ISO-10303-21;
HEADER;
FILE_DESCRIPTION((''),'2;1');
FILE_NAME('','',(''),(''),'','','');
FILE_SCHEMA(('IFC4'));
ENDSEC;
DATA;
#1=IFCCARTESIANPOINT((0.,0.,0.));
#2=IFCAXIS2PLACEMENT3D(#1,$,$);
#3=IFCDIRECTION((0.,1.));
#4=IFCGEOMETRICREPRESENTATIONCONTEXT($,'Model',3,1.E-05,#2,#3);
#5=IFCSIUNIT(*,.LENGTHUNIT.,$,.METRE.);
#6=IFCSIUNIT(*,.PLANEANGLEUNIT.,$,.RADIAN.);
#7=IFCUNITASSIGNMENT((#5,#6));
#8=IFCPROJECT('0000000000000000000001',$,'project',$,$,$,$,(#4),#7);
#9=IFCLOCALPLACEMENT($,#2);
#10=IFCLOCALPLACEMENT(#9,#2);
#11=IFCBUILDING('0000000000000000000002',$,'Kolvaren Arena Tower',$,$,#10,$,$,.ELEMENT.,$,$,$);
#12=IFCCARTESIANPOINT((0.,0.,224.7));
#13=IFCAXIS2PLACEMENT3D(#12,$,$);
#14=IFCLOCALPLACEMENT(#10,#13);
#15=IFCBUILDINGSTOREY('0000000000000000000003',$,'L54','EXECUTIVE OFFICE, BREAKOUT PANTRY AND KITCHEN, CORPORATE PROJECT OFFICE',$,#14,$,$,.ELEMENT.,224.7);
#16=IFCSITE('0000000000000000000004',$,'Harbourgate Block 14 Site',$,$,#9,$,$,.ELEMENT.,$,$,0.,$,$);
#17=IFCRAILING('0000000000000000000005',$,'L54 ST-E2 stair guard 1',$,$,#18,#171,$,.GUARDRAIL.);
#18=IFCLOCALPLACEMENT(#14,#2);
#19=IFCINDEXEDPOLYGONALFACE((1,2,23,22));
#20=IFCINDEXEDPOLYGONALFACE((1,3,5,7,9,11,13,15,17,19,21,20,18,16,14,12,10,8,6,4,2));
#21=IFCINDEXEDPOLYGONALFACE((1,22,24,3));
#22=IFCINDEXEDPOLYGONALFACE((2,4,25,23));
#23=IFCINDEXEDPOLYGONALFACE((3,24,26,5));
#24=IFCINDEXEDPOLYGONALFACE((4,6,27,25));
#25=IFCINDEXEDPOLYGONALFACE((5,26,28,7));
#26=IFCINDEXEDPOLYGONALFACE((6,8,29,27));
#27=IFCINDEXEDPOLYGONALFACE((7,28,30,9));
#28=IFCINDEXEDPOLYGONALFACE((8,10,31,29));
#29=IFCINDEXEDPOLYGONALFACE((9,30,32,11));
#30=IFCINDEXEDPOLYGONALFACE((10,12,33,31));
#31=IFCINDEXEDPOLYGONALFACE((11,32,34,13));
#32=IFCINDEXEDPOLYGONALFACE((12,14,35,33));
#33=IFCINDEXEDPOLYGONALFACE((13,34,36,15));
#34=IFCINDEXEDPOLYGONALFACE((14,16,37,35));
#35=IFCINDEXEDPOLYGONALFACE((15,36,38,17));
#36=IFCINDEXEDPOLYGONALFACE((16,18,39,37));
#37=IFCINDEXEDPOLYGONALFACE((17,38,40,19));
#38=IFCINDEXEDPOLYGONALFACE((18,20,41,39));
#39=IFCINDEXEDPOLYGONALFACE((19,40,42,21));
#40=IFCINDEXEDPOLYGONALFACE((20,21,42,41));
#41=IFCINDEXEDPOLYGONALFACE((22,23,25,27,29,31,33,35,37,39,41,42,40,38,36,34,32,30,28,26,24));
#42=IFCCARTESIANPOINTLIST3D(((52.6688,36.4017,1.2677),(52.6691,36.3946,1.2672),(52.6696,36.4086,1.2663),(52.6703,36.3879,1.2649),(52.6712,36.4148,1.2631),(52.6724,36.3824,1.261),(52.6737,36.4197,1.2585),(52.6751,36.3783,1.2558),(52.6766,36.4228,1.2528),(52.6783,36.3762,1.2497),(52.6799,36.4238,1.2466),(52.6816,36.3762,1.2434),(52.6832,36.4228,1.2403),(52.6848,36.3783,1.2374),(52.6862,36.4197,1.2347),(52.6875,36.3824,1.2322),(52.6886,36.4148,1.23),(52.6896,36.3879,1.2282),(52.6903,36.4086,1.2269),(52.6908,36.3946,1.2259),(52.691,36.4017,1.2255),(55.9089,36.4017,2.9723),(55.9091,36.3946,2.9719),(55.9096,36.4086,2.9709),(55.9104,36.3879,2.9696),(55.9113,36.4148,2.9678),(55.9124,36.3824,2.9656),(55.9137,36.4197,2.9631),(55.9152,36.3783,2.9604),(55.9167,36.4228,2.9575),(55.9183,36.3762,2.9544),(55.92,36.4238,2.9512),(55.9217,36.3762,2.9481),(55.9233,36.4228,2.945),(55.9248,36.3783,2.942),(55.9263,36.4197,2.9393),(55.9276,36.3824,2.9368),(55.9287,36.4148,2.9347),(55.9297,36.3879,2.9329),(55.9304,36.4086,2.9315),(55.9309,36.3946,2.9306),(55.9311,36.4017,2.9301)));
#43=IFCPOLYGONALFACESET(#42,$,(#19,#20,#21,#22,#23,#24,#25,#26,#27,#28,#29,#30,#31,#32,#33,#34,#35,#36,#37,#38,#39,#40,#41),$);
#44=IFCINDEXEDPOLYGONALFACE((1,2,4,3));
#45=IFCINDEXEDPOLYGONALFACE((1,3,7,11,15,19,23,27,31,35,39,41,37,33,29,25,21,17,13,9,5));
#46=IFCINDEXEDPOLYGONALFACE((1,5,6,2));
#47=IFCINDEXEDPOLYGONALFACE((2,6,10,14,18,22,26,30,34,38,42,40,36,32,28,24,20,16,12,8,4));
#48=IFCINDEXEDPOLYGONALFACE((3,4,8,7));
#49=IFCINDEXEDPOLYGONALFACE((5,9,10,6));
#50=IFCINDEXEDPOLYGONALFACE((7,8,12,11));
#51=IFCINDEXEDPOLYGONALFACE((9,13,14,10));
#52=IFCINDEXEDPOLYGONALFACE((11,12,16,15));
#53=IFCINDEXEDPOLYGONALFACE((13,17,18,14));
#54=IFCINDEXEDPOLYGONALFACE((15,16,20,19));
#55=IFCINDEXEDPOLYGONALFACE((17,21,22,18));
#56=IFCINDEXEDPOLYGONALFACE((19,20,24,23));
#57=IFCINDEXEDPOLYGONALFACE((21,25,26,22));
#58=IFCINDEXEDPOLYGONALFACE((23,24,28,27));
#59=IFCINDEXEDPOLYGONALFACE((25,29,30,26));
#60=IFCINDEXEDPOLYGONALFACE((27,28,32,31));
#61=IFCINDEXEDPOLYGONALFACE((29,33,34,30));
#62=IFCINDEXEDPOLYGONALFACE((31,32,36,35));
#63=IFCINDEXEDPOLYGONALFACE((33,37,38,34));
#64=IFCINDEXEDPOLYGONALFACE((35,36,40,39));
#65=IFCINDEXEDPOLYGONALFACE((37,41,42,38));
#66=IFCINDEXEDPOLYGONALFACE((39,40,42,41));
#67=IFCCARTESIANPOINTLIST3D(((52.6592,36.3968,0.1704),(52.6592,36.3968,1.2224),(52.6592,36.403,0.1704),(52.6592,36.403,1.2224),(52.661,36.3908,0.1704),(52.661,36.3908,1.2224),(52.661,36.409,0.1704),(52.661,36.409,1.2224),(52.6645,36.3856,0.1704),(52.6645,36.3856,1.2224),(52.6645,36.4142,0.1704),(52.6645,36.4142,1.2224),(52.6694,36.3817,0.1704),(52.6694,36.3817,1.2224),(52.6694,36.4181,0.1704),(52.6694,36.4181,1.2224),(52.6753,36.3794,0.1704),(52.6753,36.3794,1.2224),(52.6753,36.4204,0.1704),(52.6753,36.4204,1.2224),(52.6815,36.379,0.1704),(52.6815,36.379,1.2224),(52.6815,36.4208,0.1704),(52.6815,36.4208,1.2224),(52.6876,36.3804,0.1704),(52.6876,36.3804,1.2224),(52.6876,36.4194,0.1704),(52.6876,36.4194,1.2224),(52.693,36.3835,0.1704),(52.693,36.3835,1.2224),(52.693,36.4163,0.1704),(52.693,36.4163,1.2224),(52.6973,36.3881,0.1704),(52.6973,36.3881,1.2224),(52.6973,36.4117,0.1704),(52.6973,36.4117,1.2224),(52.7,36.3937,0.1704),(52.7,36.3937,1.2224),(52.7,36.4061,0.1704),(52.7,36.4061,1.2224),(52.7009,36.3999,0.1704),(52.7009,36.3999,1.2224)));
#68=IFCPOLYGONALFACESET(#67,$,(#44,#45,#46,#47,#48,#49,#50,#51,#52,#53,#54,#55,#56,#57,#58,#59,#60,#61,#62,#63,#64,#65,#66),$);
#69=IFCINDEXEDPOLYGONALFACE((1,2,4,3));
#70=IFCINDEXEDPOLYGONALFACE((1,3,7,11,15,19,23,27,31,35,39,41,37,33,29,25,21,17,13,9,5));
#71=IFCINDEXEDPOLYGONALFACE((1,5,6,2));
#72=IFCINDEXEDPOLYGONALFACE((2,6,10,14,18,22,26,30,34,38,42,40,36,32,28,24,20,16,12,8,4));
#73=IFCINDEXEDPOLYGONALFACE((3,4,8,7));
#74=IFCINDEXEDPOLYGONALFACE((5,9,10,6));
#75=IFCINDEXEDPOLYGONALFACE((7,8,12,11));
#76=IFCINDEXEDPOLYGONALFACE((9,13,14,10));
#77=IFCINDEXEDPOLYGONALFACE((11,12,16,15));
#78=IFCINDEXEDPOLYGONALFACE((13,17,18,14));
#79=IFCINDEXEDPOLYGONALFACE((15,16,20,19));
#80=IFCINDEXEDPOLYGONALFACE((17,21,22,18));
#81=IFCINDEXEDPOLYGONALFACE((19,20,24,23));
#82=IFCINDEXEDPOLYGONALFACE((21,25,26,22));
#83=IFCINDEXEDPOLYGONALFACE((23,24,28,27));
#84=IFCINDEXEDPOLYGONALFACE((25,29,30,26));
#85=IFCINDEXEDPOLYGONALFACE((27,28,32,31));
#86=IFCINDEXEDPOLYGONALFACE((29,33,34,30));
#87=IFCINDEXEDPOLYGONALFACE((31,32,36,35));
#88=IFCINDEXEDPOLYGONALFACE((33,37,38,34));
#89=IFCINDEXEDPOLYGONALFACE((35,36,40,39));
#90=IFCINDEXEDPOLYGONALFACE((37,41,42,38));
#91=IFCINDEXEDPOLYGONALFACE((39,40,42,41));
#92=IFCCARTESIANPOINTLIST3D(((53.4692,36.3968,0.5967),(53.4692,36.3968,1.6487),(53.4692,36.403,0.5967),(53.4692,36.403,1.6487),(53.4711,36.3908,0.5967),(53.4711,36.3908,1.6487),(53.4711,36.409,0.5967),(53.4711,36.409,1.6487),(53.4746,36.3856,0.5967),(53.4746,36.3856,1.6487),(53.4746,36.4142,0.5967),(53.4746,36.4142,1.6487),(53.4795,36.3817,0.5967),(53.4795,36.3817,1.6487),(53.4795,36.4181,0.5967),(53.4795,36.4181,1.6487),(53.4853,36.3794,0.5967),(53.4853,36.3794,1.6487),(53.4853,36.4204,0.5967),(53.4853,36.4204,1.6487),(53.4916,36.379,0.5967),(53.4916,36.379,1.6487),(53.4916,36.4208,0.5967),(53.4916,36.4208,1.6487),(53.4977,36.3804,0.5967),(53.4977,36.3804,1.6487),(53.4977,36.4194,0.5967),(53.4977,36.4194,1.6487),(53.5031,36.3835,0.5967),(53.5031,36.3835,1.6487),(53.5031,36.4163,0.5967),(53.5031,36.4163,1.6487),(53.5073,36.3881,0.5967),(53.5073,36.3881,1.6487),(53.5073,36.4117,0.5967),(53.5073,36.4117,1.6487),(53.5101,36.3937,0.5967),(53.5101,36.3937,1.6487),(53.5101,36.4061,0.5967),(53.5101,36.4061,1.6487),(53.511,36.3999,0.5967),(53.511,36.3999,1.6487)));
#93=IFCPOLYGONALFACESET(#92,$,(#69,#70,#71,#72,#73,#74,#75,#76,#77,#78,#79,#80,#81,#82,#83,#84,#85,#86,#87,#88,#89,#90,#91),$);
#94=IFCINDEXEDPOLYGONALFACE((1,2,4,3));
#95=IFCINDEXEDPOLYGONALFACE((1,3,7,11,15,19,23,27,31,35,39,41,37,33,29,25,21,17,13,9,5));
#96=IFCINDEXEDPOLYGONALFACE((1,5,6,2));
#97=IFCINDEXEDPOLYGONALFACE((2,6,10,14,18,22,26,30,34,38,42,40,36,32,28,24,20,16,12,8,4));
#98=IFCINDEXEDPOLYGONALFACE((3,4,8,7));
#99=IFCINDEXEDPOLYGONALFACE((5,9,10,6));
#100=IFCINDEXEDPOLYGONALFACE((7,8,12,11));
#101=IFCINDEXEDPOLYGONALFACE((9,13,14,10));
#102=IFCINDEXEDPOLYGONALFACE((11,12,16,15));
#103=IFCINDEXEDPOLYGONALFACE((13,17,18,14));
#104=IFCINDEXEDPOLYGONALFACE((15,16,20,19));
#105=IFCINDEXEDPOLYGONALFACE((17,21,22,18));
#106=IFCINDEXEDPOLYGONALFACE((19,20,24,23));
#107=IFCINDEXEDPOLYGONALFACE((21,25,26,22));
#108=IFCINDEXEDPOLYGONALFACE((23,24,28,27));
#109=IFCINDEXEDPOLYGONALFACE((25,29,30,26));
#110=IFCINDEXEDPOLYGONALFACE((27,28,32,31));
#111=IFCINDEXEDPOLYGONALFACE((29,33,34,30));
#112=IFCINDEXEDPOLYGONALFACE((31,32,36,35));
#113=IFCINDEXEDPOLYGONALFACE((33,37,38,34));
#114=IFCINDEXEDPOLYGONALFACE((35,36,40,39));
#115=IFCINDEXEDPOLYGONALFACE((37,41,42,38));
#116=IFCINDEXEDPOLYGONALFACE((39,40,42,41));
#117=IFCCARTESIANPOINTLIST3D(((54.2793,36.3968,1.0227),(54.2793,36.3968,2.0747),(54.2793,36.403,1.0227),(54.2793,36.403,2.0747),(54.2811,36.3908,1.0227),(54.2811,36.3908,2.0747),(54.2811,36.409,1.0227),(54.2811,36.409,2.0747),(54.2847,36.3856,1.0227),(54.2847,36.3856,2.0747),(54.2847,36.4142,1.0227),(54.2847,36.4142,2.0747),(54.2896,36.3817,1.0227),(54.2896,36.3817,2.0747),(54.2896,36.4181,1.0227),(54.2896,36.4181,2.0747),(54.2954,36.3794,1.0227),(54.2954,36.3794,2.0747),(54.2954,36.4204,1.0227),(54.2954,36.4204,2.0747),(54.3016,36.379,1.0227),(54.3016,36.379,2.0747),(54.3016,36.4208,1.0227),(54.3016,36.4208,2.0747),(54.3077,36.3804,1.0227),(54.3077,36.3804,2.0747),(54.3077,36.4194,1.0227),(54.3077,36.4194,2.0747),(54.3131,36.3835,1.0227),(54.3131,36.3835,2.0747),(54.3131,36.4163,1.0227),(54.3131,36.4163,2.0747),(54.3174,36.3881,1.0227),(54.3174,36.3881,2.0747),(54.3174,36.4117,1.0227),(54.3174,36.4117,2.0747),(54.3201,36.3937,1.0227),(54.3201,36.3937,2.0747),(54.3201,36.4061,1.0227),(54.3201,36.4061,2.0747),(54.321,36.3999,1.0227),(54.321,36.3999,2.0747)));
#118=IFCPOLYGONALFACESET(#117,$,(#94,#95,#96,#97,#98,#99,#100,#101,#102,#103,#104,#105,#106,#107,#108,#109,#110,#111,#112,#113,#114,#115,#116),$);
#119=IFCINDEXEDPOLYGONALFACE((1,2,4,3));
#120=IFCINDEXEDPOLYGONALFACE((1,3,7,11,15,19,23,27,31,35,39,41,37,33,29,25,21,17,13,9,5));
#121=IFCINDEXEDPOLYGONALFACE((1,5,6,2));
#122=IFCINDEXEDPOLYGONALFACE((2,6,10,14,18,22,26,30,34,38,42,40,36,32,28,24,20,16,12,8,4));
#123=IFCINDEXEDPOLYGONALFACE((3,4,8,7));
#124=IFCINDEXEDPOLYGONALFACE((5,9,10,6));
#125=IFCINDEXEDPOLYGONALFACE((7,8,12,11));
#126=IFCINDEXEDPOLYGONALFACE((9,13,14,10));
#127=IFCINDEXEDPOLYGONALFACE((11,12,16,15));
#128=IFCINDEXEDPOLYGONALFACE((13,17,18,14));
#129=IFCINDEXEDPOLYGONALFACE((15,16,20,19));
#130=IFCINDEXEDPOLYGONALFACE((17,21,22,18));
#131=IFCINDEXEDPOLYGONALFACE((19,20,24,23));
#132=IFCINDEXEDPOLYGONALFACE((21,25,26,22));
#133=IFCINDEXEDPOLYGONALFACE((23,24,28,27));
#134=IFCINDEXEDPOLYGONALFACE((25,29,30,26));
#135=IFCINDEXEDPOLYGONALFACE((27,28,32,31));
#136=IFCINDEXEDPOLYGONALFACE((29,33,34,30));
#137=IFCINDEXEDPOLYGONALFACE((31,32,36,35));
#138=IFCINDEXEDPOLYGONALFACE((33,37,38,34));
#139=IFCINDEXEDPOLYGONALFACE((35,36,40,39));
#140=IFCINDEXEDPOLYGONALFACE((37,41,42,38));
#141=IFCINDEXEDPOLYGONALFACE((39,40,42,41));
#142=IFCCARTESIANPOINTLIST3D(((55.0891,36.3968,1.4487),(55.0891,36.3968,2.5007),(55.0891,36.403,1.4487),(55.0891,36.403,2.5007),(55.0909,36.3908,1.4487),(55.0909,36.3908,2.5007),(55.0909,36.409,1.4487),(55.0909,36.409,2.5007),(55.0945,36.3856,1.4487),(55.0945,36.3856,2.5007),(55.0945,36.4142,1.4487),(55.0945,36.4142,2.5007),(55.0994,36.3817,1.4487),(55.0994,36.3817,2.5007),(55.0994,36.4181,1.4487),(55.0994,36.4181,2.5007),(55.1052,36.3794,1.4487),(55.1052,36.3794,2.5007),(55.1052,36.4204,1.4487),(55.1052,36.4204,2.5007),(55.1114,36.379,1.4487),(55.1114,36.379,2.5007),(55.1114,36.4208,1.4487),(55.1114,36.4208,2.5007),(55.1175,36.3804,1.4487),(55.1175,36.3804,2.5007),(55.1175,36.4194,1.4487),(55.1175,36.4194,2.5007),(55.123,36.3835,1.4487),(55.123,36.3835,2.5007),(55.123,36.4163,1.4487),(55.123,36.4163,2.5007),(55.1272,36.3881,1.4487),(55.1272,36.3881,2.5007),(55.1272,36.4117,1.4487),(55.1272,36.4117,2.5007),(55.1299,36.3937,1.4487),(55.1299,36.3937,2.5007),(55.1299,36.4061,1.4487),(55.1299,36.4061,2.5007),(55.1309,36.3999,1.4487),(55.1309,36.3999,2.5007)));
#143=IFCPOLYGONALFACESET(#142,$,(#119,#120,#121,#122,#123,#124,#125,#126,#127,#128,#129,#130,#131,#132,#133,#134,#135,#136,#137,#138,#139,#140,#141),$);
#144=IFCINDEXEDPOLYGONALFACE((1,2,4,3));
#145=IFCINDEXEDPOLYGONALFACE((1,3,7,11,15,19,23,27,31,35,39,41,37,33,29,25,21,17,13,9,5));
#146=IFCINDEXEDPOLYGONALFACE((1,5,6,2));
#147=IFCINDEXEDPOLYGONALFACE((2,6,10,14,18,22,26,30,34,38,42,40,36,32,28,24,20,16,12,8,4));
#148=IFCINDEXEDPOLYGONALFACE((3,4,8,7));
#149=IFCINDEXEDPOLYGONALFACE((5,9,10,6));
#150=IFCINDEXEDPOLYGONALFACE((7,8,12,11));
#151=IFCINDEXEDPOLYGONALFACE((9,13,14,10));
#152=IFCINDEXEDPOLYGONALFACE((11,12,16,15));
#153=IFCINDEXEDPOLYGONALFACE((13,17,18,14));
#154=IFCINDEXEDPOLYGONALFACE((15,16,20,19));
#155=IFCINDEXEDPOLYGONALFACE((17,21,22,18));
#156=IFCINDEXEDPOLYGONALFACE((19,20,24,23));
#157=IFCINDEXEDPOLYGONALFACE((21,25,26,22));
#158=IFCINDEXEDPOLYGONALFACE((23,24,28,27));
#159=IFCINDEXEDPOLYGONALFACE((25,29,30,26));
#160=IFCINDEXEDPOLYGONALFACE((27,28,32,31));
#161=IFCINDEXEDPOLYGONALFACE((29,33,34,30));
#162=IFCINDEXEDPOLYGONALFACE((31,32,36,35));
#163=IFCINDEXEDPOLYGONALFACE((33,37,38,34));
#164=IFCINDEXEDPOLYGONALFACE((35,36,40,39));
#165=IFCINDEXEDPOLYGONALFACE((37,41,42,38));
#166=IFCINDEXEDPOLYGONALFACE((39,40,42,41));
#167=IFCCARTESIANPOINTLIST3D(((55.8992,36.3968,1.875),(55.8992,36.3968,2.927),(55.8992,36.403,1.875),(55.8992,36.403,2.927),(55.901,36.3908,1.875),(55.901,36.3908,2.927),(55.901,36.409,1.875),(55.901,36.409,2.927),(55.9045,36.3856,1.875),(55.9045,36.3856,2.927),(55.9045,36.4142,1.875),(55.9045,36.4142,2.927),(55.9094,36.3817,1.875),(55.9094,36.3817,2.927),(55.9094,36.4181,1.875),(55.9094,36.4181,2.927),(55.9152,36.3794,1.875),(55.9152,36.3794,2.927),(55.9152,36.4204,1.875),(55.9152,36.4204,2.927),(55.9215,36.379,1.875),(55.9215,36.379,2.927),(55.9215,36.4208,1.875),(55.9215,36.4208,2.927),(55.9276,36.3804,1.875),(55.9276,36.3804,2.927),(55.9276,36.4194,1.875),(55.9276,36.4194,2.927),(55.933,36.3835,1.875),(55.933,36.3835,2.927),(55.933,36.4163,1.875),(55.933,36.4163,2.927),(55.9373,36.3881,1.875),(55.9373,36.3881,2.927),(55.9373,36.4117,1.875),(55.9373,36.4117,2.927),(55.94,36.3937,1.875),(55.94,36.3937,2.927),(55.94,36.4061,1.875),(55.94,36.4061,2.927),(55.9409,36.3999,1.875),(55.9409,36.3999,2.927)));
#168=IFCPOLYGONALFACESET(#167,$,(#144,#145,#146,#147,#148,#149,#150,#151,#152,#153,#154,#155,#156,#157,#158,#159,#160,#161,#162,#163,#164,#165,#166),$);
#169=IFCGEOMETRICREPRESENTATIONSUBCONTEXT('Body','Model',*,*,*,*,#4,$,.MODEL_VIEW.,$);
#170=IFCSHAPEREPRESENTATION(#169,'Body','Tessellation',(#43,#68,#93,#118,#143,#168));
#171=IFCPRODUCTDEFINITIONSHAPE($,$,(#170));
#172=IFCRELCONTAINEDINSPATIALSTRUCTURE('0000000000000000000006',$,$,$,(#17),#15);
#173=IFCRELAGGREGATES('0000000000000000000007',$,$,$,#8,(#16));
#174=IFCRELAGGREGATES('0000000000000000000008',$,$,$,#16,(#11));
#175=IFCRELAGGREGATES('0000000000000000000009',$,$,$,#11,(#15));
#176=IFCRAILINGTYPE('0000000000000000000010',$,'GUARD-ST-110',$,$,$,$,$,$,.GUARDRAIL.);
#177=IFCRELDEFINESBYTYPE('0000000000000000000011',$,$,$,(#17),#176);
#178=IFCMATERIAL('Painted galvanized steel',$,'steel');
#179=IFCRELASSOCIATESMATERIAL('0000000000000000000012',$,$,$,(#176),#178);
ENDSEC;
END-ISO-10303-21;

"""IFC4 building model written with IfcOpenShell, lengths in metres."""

from ifc_helpers import new_model, si_unit, direction, frame, origin, origin_2d, place, context, subcontext, project, spatial, circle, extrude, material, type_object, element, save


model = new_model("IFC4")

# Units and contexts
model_context = context("Model", 3, precision=1e-05, world=origin(), true_north=direction((0.0, 1.0)))
body_context = subcontext(model_context, "Body", "Model", "MODEL_VIEW")
ifc_project = project(units=[si_unit("LENGTHUNIT", "METRE"), si_unit("PLANEANGLEUNIT", "RADIAN")], contexts=[model_context])

# Site, building, storey
site_placement = place(None, origin())
site = spatial("IfcSite", under=ifc_project, at=site_placement, Name="Harbourgate Block 14 Site", CompositionType="ELEMENT", RefElevation=0.0)
building_placement = place(site_placement, origin())
building = spatial("IfcBuilding", under=site, at=building_placement, Name="Kolvaren Arena Tower", CompositionType="ELEMENT")
storey_placement = place(building_placement, frame((0.0, 0.0, 224.7)))
storey = spatial("IfcBuildingStorey", under=building, at=storey_placement, Name="L54", Description="EXECUTIVE OFFICE, BREAKOUT PANTRY AND KITCHEN, CORPORATE PROJECT OFFICE", CompositionType="ELEMENT", Elevation=224.7)

# Railing
ifc_material_1 = material(Name="Painted galvanized steel", Category="steel")
railing_type = type_object("IfcRailingType", Name="GUARD-ST-110", PredefinedType="GUARDRAIL", material=ifc_material_1)
railing_1_placement = place(storey_placement, frame((52.6799, 36.3999, 0.1704)))
element("IfcRailing", 1, at=railing_1_placement, inside=storey, type_object=railing_type, Name="L54 ST-E2 stair guard 1", PredefinedType="GUARDRAIL", context=body_context, shape_type="SweptSolid", body=[
    extrude(circle(Radius=0.0239, at=origin_2d()), frame((0.0, 0.0, 1.0762), z_axis=(0.884993, 0.0, 0.465604), x_axis=(0.0, 1.0, 0.0)), (0.0, 0.0, 1.0), 3.6611),
    extrude(circle(Radius=0.021, at=origin_2d()), origin(), (0.0, 0.0, 1.0), 1.052),
    extrude(circle(Radius=0.021, at=origin_2d()), frame((0.8101, 0.0, 0.4263)), (0.0, 0.0, 1.0), 1.052),
    extrude(circle(Radius=0.021, at=origin_2d()), frame((1.6201, 0.0, 0.8523)), (0.0, 0.0, 1.0), 1.052),
    extrude(circle(Radius=0.021, at=origin_2d()), frame((2.4299, 0.0, 1.2783)), (0.0, 0.0, 1.0), 1.052),
    extrude(circle(Radius=0.021, at=origin_2d()), frame((3.24, 0.0, 1.7046)), (0.0, 0.0, 1.0), 1.052),
])

save(model, "model.ifc")
